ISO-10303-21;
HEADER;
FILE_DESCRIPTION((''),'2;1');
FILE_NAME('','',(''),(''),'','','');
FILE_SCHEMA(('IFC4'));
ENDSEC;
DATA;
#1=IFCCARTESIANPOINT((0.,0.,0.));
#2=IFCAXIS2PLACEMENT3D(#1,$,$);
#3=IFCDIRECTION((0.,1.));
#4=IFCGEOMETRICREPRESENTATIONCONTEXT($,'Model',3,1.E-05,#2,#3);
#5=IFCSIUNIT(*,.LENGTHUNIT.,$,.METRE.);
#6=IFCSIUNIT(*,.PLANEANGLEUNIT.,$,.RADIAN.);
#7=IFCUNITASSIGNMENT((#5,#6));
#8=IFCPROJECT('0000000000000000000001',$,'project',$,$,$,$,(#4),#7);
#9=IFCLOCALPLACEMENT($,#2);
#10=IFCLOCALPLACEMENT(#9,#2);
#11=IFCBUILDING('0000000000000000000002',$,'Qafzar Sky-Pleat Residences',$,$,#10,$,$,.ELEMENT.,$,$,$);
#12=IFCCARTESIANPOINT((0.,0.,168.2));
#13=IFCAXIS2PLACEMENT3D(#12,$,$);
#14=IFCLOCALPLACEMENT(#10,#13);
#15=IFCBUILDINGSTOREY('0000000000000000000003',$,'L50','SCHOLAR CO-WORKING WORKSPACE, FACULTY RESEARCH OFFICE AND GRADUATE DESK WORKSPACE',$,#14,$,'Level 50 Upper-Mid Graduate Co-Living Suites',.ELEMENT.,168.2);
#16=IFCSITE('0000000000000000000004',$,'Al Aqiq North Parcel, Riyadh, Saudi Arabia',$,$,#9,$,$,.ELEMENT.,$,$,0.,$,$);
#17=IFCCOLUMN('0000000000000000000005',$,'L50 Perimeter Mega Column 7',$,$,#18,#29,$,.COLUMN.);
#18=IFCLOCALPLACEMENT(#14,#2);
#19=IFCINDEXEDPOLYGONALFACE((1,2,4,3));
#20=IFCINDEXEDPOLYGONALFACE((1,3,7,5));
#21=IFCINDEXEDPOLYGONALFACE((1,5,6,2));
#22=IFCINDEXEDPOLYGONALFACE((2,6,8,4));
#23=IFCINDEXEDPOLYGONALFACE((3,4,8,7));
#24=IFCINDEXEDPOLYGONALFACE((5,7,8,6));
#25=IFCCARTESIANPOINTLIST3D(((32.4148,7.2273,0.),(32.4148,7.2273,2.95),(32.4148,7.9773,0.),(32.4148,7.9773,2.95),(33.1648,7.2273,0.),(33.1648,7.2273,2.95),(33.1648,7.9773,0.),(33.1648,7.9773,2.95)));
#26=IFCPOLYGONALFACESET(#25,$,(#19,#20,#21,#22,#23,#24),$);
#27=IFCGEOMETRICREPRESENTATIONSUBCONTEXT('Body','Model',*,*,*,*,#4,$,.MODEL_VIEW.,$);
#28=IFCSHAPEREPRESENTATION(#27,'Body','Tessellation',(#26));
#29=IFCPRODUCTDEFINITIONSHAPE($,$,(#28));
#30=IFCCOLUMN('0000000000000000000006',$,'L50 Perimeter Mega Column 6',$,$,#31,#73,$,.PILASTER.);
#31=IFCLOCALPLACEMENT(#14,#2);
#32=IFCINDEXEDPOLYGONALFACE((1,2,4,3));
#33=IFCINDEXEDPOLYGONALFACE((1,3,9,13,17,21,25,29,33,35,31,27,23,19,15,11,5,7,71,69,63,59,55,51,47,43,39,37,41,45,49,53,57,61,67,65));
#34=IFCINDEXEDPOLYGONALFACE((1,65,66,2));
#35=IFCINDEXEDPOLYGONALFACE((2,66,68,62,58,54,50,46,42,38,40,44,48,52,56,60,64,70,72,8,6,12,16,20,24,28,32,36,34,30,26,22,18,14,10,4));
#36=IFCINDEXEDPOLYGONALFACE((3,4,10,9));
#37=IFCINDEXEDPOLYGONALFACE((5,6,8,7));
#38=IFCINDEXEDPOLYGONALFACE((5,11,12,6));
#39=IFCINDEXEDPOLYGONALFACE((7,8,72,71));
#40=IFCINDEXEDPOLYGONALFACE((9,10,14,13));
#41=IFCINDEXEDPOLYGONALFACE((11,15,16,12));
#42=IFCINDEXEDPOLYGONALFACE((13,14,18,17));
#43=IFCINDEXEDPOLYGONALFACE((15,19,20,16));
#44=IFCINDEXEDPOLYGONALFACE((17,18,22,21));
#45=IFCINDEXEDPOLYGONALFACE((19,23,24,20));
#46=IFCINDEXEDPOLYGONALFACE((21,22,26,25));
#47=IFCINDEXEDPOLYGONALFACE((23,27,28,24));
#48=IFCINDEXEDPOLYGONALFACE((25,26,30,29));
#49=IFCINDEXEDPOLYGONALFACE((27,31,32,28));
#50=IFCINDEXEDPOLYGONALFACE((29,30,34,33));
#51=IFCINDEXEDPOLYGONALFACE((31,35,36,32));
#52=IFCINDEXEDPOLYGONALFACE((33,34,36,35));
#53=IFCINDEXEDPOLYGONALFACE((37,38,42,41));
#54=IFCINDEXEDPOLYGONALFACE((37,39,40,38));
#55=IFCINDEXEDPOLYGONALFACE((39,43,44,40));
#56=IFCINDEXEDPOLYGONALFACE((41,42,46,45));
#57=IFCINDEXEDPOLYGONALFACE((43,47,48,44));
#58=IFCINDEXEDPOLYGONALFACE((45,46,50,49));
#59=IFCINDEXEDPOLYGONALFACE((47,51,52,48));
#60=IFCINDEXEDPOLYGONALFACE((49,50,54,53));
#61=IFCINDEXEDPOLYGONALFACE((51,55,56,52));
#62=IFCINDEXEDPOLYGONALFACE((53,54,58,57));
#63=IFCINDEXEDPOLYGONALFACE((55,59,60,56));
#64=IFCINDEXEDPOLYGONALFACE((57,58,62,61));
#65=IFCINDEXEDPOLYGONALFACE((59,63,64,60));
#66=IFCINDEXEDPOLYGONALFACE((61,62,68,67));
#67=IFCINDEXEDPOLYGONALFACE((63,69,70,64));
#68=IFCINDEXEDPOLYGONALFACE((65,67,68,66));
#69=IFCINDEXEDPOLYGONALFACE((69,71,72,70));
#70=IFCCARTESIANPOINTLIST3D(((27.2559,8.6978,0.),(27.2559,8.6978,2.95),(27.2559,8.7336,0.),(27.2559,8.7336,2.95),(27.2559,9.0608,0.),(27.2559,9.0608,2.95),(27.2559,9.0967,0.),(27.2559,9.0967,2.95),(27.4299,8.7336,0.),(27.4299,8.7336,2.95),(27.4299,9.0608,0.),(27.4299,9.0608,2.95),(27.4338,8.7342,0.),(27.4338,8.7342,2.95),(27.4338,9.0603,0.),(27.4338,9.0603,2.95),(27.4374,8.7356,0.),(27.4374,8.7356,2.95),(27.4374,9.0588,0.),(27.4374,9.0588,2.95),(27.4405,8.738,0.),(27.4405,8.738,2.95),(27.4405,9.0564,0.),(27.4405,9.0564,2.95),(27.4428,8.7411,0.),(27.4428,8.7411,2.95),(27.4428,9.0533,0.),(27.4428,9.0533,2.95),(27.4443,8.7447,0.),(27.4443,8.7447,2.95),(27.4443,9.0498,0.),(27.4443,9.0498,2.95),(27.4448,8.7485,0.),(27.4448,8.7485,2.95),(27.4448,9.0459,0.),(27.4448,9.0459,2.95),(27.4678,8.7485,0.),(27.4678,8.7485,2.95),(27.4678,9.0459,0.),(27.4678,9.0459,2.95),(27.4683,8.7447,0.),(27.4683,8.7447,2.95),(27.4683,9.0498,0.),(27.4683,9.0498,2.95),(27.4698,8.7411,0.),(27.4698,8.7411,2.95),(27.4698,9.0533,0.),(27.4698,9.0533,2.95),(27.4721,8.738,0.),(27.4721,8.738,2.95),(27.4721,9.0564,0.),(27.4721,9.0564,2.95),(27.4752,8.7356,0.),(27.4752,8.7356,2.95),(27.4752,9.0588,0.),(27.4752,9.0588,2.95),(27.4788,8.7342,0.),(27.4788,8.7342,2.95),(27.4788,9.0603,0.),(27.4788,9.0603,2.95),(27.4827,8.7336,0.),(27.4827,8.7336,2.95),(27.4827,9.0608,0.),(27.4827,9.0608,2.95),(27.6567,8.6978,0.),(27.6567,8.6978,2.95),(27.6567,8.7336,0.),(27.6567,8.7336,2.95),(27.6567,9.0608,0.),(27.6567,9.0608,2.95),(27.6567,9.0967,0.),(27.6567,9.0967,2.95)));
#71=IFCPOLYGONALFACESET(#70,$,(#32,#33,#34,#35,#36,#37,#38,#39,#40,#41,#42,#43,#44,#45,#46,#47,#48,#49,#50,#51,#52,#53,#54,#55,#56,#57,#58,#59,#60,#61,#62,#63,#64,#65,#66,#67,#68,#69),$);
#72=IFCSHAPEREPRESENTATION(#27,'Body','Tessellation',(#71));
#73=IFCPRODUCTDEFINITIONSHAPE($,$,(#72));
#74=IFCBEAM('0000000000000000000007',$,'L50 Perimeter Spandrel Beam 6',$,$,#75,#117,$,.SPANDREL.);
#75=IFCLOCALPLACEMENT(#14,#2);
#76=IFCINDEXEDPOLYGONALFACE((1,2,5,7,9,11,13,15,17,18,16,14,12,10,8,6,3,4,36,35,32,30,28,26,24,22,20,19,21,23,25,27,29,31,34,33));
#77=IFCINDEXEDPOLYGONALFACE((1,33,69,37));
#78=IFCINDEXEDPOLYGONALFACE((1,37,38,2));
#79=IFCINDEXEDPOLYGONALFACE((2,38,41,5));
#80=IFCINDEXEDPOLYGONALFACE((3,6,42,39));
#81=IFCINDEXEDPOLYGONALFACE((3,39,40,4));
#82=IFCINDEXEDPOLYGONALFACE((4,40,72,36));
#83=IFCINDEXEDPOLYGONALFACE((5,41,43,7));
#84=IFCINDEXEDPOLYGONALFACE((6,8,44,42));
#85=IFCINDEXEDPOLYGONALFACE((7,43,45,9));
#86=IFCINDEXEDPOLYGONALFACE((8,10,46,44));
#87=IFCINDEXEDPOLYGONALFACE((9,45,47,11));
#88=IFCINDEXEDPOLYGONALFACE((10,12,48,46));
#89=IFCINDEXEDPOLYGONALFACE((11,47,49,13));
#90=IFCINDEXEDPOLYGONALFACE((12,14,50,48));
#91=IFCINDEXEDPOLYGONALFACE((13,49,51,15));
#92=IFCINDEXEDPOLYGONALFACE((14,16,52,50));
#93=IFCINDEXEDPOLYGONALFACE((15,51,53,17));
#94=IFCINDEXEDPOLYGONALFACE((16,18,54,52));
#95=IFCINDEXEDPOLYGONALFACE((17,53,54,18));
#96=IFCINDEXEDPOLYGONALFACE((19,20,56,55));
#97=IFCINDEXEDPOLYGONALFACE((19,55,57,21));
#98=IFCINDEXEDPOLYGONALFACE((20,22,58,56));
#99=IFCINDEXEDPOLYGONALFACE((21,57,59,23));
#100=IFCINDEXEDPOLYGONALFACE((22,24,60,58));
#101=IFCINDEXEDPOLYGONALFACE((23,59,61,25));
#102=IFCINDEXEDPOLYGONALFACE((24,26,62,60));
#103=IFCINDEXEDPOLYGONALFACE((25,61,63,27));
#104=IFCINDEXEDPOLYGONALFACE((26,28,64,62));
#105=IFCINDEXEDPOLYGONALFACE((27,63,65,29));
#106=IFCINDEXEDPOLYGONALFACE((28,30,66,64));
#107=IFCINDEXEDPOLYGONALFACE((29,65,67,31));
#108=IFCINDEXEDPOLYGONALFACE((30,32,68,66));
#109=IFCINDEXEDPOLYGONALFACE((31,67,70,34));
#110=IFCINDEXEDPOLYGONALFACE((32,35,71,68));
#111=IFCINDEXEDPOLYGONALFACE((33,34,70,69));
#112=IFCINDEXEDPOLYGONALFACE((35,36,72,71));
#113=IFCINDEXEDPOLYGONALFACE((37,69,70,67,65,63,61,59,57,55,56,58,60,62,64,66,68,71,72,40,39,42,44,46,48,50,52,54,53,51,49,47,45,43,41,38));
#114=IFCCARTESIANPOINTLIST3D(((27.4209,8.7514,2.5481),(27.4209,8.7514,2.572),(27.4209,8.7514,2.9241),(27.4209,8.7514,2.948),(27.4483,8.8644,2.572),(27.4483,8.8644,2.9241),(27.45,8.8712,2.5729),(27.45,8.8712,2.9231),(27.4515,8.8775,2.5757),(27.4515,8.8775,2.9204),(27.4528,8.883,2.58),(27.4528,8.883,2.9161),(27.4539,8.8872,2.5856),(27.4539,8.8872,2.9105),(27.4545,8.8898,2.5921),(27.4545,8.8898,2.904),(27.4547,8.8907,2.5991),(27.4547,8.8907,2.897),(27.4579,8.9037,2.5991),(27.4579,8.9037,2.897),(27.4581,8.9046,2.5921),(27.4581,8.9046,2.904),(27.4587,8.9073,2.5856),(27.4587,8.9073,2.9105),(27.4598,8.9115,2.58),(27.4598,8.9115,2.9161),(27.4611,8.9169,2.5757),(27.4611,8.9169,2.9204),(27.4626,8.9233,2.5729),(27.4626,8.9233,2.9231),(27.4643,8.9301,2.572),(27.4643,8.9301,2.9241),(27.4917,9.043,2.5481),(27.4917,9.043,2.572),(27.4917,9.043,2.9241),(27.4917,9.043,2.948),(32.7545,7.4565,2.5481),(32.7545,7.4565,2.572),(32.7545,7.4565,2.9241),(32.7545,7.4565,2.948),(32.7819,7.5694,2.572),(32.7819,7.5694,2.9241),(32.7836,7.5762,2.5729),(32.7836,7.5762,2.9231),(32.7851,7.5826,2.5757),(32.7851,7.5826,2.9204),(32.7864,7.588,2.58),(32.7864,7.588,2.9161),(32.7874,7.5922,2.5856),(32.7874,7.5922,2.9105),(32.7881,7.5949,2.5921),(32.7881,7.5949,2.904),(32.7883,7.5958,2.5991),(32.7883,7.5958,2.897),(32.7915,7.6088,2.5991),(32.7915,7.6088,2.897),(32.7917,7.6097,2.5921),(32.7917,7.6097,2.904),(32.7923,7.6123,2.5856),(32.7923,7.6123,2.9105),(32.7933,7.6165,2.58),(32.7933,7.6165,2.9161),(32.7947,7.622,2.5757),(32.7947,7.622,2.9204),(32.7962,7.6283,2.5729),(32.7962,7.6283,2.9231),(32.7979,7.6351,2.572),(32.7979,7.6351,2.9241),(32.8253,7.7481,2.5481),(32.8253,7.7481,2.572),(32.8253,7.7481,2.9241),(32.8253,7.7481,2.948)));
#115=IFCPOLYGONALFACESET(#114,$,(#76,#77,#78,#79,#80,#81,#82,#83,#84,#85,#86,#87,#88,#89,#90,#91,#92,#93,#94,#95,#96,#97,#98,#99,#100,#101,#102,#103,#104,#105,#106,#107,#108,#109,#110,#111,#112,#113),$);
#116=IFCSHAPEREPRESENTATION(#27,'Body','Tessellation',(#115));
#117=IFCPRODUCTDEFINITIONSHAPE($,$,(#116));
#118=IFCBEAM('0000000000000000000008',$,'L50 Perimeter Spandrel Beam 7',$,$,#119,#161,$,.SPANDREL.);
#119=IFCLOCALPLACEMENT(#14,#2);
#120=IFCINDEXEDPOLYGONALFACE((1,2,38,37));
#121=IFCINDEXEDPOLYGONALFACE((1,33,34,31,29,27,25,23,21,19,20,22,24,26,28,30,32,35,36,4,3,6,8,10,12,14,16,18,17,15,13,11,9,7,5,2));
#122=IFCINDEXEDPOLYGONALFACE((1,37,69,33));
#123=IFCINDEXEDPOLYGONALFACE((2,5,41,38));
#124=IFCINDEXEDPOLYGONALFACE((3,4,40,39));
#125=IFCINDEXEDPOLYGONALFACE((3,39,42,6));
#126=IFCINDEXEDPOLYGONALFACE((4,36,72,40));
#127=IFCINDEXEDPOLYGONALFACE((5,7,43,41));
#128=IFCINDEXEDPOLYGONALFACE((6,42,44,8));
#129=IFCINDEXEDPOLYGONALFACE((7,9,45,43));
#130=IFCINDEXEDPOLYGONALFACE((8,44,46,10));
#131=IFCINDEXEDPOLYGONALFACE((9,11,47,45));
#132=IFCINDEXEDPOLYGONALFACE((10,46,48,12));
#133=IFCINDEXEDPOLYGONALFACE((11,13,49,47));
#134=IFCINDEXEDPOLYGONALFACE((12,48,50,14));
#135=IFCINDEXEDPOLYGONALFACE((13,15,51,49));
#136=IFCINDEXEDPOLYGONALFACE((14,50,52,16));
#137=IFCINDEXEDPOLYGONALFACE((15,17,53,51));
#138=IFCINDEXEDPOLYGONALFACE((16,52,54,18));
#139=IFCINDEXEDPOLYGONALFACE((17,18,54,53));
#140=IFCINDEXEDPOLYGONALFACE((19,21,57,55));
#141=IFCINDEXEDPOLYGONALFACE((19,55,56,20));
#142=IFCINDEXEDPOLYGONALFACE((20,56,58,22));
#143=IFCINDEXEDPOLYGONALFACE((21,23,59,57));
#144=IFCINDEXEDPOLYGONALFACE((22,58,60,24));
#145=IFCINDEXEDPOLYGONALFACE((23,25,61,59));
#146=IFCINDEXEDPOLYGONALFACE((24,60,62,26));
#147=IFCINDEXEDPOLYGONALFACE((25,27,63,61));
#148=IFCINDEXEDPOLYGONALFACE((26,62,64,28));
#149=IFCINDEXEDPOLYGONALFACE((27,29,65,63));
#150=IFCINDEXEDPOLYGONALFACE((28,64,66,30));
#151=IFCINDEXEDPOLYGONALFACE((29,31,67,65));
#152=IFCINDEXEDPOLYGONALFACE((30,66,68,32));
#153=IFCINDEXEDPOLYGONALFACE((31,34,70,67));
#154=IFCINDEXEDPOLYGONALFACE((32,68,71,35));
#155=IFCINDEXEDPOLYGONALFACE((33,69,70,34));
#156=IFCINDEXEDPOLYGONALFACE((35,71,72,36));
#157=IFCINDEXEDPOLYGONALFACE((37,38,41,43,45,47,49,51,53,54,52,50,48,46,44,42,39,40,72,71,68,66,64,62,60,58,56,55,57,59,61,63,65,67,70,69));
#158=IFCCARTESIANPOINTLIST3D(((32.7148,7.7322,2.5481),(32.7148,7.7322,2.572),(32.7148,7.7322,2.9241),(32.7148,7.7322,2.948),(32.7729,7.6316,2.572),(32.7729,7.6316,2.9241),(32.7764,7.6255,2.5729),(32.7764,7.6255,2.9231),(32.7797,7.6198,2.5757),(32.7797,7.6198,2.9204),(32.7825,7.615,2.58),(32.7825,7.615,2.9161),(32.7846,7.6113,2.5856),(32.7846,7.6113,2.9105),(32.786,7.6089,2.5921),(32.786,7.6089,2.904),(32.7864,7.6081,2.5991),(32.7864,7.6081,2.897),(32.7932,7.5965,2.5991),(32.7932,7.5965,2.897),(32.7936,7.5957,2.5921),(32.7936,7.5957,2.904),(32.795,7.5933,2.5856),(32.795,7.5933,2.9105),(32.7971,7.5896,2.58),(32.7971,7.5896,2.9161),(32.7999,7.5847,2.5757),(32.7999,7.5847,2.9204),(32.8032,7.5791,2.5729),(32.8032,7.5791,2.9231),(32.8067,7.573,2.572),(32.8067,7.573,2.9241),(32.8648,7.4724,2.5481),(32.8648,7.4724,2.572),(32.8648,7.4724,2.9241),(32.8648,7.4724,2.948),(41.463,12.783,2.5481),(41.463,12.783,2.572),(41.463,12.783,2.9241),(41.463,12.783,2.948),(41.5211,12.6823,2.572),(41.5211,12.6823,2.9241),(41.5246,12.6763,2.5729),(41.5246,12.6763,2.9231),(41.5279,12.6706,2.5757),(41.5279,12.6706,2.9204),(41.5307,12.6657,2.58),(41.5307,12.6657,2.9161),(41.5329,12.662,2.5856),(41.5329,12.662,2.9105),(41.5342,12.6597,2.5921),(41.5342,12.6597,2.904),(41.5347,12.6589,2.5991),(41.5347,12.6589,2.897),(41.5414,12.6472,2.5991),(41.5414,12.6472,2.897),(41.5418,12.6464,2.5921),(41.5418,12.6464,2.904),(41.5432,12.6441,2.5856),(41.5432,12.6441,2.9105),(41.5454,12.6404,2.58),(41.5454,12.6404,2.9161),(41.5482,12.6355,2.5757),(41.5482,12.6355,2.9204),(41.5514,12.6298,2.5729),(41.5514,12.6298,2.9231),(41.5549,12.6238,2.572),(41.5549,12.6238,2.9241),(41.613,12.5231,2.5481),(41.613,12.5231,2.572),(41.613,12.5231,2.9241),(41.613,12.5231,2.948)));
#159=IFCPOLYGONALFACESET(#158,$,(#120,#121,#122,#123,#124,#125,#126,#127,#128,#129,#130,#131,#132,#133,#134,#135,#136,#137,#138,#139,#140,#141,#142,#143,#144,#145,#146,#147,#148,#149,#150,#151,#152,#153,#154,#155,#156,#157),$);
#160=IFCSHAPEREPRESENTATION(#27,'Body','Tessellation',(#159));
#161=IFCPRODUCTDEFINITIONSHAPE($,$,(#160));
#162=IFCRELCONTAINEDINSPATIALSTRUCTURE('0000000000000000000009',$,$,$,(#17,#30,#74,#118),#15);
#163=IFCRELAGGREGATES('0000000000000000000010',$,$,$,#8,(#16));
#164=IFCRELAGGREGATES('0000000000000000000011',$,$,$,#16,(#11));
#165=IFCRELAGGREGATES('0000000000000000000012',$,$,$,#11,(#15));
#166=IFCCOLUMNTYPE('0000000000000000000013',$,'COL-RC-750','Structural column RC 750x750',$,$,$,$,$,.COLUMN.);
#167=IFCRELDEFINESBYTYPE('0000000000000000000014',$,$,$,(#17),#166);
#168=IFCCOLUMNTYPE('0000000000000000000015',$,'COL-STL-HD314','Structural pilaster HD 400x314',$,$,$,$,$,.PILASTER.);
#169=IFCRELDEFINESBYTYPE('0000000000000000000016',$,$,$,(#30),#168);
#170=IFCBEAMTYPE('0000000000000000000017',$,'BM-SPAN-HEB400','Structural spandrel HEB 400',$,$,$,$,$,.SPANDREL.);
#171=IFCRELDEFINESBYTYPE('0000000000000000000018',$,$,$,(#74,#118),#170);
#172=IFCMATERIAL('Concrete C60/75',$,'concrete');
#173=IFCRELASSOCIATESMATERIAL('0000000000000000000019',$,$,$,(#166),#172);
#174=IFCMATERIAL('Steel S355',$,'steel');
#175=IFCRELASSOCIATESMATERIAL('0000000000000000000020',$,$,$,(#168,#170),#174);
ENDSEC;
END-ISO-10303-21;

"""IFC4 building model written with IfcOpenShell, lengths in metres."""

from ifc_helpers import new_model, si_unit, direction, frame, origin, origin_2d, place, context, subcontext, project, spatial, rectangle, i_section, extrude, source, transform, mapped, material, material_profile, profile_set, type_object, element, save


model = new_model("IFC4")

# Units and contexts
model_context = context("Model", 3, precision=1e-05, world=origin(), true_north=direction((0.0, 1.0)))
body_context = subcontext(model_context, "Body", "Model", "MODEL_VIEW")
ifc_project = project(units=[si_unit("LENGTHUNIT", "METRE"), si_unit("PLANEANGLEUNIT", "RADIAN")], contexts=[model_context])

# Site, building, storey
site_placement = place(None, origin())
site = spatial("IfcSite", under=ifc_project, at=site_placement, Name="Al Aqiq North Parcel, Riyadh, Saudi Arabia", CompositionType="ELEMENT", RefElevation=0.0)
building_placement = place(site_placement, origin())
building = spatial("IfcBuilding", under=site, at=building_placement, Name="Qafzar Sky-Pleat Residences", CompositionType="ELEMENT")
storey_placement = place(building_placement, frame((0.0, 0.0, 168.2)))
storey = spatial("IfcBuildingStorey", under=building, at=storey_placement, Name="L50", Description="SCHOLAR CO-WORKING WORKSPACE, FACULTY RESEARCH OFFICE AND GRADUATE DESK WORKSPACE", LongName="Level 50 Upper-Mid Graduate Co-Living Suites", CompositionType="ELEMENT", Elevation=168.2)

# Columns
ifc_material_1 = material(Name="Concrete C60/75", Category="concrete")
ifc_material_profile_1 = material_profile(ifc_material_1, rectangle(XDim=0.75, YDim=0.75, at=origin_2d()), Name="RC 750x750")
ifc_profile_set_1 = profile_set([ifc_material_profile_1], Name="Concrete C60/75")
column_type_1 = type_object("IfcColumnType", Name="COL-RC-750", Description="Structural column RC 750x750", PredefinedType="COLUMN", material=ifc_profile_set_1)
shared_shape_1 = source(origin(), body_context, "Body", "SweptSolid", [
    extrude(rectangle(XDim=0.75, YDim=0.75, at=origin_2d()), origin(), (0.0, 0.0, 1.0), 2.95),
])
column_1_placement = place(storey_placement, frame((32.7898, 7.6023, 0.0), z_axis=(0.0, 0.0, 1.0), x_axis=(1.0, 0.0, 0.0)))
element("IfcColumn", 1, at=column_1_placement, inside=storey, type_object=column_type_1, Name="L50 Perimeter Mega Column 7", PredefinedType="COLUMN", context=body_context, shape_type="MappedRepresentation", body=[
    mapped(shared_shape_1, transform((0.0, 0.0, 0.0), x_axis=(1.0, 0.0, 0.0), y_axis=(0.0, 1.0, 0.0), z_axis=(0.0, 0.0, 1.0), scale=1.0)),
])
ifc_material_2 = material(Name="Steel S355", Category="steel")
ifc_material_profile_2 = material_profile(ifc_material_2, i_section(OverallWidth=0.4009, OverallDepth=0.3989, WebThickness=0.0229, FlangeThickness=0.0359, FilletRadius=0.0149, at=origin_2d()), Name="HD 400x314")
ifc_profile_set_2 = profile_set([ifc_material_profile_2], Name="Steel S355")
column_type_2 = type_object("IfcColumnType", Name="COL-STL-HD314", Description="Structural pilaster HD 400x314", PredefinedType="PILASTER", material=ifc_profile_set_2)
shared_shape_2 = source(origin(), body_context, "Body", "SweptSolid", [
    extrude(i_section(OverallWidth=0.4009, OverallDepth=0.3989, WebThickness=0.0229, FlangeThickness=0.0359, FilletRadius=0.0149, at=origin_2d()), origin(), (0.0, 0.0, 1.0), 2.95),
])
column_2_placement = place(storey_placement, frame((27.4563, 8.8972, 0.0), z_axis=(0.0, 0.0, 1.0), x_axis=(1.0, 0.0, 0.0)))
element("IfcColumn", 2, at=column_2_placement, inside=storey, type_object=column_type_2, Name="L50 Perimeter Mega Column 6", PredefinedType="PILASTER", context=body_context, shape_type="MappedRepresentation", body=[
    mapped(shared_shape_2, transform((0.0, 0.0, 0.0), x_axis=(1.0, 0.0, 0.0), y_axis=(0.0, 1.0, 0.0), z_axis=(0.0, 0.0, 1.0), scale=1.0)),
])

# Beams
ifc_material_profile_3 = material_profile(ifc_material_2, i_section(OverallWidth=0.3, OverallDepth=0.3999, WebThickness=0.0134, FlangeThickness=0.0239, FilletRadius=0.0271, at=origin_2d()), Name="HEB 400")
ifc_profile_set_3 = profile_set([ifc_material_profile_3], Name="Steel S355")
beam_type_1 = type_object("IfcBeamType", Name="BM-SPAN-HEB400", Description="Structural spandrel HEB 400", PredefinedType="SPANDREL", material=ifc_profile_set_3)
shared_shape_3 = source(origin(), body_context, "Body", "SweptSolid", [
    extrude(i_section(OverallWidth=0.3, OverallDepth=0.3999, WebThickness=0.0134, FlangeThickness=0.0239, FilletRadius=0.0271, at=origin_2d()), origin(), (0.0, 0.0, 1.0), 5.4885),
])
beam_1_placement = place(storey_placement, frame((27.4563, 8.8972, 2.748), z_axis=(0.971769, -0.235936, 0.0), x_axis=(0.235936, 0.971769, 0.0)))
element("IfcBeam", 3, at=beam_1_placement, inside=storey, type_object=beam_type_1, Name="L50 Perimeter Spandrel Beam 6", PredefinedType="SPANDREL", context=body_context, shape_type="MappedRepresentation", body=[
    mapped(shared_shape_3, transform((0.0, 0.0, 0.0), x_axis=(1.0, 0.0, 0.0), y_axis=(0.0, 1.0, 0.0), z_axis=(0.0, 0.0, 1.0), scale=1.0)),
])
shared_shape_4 = source(origin(), body_context, "Body", "SweptSolid", [
    extrude(i_section(OverallWidth=0.3, OverallDepth=0.3999, WebThickness=0.0134, FlangeThickness=0.0239, FilletRadius=0.0271, at=origin_2d()), origin(), (0.0, 0.0, 1.0), 10.1016),
])
beam_2_placement = place(storey_placement, frame((32.7898, 7.6023, 2.748), z_axis=(0.866027, 0.499997, 0.0), x_axis=(-0.499997, 0.866027, 0.0)))
element("IfcBeam", 4, at=beam_2_placement, inside=storey, type_object=beam_type_1, Name="L50 Perimeter Spandrel Beam 7", PredefinedType="SPANDREL", context=body_context, shape_type="MappedRepresentation", body=[
    mapped(shared_shape_4, transform((0.0, 0.0, 0.0), x_axis=(1.0, 0.0, 0.0), y_axis=(0.0, 1.0, 0.0), z_axis=(0.0, 0.0, 1.0), scale=1.0)),
])

save(model, "model.ifc")
